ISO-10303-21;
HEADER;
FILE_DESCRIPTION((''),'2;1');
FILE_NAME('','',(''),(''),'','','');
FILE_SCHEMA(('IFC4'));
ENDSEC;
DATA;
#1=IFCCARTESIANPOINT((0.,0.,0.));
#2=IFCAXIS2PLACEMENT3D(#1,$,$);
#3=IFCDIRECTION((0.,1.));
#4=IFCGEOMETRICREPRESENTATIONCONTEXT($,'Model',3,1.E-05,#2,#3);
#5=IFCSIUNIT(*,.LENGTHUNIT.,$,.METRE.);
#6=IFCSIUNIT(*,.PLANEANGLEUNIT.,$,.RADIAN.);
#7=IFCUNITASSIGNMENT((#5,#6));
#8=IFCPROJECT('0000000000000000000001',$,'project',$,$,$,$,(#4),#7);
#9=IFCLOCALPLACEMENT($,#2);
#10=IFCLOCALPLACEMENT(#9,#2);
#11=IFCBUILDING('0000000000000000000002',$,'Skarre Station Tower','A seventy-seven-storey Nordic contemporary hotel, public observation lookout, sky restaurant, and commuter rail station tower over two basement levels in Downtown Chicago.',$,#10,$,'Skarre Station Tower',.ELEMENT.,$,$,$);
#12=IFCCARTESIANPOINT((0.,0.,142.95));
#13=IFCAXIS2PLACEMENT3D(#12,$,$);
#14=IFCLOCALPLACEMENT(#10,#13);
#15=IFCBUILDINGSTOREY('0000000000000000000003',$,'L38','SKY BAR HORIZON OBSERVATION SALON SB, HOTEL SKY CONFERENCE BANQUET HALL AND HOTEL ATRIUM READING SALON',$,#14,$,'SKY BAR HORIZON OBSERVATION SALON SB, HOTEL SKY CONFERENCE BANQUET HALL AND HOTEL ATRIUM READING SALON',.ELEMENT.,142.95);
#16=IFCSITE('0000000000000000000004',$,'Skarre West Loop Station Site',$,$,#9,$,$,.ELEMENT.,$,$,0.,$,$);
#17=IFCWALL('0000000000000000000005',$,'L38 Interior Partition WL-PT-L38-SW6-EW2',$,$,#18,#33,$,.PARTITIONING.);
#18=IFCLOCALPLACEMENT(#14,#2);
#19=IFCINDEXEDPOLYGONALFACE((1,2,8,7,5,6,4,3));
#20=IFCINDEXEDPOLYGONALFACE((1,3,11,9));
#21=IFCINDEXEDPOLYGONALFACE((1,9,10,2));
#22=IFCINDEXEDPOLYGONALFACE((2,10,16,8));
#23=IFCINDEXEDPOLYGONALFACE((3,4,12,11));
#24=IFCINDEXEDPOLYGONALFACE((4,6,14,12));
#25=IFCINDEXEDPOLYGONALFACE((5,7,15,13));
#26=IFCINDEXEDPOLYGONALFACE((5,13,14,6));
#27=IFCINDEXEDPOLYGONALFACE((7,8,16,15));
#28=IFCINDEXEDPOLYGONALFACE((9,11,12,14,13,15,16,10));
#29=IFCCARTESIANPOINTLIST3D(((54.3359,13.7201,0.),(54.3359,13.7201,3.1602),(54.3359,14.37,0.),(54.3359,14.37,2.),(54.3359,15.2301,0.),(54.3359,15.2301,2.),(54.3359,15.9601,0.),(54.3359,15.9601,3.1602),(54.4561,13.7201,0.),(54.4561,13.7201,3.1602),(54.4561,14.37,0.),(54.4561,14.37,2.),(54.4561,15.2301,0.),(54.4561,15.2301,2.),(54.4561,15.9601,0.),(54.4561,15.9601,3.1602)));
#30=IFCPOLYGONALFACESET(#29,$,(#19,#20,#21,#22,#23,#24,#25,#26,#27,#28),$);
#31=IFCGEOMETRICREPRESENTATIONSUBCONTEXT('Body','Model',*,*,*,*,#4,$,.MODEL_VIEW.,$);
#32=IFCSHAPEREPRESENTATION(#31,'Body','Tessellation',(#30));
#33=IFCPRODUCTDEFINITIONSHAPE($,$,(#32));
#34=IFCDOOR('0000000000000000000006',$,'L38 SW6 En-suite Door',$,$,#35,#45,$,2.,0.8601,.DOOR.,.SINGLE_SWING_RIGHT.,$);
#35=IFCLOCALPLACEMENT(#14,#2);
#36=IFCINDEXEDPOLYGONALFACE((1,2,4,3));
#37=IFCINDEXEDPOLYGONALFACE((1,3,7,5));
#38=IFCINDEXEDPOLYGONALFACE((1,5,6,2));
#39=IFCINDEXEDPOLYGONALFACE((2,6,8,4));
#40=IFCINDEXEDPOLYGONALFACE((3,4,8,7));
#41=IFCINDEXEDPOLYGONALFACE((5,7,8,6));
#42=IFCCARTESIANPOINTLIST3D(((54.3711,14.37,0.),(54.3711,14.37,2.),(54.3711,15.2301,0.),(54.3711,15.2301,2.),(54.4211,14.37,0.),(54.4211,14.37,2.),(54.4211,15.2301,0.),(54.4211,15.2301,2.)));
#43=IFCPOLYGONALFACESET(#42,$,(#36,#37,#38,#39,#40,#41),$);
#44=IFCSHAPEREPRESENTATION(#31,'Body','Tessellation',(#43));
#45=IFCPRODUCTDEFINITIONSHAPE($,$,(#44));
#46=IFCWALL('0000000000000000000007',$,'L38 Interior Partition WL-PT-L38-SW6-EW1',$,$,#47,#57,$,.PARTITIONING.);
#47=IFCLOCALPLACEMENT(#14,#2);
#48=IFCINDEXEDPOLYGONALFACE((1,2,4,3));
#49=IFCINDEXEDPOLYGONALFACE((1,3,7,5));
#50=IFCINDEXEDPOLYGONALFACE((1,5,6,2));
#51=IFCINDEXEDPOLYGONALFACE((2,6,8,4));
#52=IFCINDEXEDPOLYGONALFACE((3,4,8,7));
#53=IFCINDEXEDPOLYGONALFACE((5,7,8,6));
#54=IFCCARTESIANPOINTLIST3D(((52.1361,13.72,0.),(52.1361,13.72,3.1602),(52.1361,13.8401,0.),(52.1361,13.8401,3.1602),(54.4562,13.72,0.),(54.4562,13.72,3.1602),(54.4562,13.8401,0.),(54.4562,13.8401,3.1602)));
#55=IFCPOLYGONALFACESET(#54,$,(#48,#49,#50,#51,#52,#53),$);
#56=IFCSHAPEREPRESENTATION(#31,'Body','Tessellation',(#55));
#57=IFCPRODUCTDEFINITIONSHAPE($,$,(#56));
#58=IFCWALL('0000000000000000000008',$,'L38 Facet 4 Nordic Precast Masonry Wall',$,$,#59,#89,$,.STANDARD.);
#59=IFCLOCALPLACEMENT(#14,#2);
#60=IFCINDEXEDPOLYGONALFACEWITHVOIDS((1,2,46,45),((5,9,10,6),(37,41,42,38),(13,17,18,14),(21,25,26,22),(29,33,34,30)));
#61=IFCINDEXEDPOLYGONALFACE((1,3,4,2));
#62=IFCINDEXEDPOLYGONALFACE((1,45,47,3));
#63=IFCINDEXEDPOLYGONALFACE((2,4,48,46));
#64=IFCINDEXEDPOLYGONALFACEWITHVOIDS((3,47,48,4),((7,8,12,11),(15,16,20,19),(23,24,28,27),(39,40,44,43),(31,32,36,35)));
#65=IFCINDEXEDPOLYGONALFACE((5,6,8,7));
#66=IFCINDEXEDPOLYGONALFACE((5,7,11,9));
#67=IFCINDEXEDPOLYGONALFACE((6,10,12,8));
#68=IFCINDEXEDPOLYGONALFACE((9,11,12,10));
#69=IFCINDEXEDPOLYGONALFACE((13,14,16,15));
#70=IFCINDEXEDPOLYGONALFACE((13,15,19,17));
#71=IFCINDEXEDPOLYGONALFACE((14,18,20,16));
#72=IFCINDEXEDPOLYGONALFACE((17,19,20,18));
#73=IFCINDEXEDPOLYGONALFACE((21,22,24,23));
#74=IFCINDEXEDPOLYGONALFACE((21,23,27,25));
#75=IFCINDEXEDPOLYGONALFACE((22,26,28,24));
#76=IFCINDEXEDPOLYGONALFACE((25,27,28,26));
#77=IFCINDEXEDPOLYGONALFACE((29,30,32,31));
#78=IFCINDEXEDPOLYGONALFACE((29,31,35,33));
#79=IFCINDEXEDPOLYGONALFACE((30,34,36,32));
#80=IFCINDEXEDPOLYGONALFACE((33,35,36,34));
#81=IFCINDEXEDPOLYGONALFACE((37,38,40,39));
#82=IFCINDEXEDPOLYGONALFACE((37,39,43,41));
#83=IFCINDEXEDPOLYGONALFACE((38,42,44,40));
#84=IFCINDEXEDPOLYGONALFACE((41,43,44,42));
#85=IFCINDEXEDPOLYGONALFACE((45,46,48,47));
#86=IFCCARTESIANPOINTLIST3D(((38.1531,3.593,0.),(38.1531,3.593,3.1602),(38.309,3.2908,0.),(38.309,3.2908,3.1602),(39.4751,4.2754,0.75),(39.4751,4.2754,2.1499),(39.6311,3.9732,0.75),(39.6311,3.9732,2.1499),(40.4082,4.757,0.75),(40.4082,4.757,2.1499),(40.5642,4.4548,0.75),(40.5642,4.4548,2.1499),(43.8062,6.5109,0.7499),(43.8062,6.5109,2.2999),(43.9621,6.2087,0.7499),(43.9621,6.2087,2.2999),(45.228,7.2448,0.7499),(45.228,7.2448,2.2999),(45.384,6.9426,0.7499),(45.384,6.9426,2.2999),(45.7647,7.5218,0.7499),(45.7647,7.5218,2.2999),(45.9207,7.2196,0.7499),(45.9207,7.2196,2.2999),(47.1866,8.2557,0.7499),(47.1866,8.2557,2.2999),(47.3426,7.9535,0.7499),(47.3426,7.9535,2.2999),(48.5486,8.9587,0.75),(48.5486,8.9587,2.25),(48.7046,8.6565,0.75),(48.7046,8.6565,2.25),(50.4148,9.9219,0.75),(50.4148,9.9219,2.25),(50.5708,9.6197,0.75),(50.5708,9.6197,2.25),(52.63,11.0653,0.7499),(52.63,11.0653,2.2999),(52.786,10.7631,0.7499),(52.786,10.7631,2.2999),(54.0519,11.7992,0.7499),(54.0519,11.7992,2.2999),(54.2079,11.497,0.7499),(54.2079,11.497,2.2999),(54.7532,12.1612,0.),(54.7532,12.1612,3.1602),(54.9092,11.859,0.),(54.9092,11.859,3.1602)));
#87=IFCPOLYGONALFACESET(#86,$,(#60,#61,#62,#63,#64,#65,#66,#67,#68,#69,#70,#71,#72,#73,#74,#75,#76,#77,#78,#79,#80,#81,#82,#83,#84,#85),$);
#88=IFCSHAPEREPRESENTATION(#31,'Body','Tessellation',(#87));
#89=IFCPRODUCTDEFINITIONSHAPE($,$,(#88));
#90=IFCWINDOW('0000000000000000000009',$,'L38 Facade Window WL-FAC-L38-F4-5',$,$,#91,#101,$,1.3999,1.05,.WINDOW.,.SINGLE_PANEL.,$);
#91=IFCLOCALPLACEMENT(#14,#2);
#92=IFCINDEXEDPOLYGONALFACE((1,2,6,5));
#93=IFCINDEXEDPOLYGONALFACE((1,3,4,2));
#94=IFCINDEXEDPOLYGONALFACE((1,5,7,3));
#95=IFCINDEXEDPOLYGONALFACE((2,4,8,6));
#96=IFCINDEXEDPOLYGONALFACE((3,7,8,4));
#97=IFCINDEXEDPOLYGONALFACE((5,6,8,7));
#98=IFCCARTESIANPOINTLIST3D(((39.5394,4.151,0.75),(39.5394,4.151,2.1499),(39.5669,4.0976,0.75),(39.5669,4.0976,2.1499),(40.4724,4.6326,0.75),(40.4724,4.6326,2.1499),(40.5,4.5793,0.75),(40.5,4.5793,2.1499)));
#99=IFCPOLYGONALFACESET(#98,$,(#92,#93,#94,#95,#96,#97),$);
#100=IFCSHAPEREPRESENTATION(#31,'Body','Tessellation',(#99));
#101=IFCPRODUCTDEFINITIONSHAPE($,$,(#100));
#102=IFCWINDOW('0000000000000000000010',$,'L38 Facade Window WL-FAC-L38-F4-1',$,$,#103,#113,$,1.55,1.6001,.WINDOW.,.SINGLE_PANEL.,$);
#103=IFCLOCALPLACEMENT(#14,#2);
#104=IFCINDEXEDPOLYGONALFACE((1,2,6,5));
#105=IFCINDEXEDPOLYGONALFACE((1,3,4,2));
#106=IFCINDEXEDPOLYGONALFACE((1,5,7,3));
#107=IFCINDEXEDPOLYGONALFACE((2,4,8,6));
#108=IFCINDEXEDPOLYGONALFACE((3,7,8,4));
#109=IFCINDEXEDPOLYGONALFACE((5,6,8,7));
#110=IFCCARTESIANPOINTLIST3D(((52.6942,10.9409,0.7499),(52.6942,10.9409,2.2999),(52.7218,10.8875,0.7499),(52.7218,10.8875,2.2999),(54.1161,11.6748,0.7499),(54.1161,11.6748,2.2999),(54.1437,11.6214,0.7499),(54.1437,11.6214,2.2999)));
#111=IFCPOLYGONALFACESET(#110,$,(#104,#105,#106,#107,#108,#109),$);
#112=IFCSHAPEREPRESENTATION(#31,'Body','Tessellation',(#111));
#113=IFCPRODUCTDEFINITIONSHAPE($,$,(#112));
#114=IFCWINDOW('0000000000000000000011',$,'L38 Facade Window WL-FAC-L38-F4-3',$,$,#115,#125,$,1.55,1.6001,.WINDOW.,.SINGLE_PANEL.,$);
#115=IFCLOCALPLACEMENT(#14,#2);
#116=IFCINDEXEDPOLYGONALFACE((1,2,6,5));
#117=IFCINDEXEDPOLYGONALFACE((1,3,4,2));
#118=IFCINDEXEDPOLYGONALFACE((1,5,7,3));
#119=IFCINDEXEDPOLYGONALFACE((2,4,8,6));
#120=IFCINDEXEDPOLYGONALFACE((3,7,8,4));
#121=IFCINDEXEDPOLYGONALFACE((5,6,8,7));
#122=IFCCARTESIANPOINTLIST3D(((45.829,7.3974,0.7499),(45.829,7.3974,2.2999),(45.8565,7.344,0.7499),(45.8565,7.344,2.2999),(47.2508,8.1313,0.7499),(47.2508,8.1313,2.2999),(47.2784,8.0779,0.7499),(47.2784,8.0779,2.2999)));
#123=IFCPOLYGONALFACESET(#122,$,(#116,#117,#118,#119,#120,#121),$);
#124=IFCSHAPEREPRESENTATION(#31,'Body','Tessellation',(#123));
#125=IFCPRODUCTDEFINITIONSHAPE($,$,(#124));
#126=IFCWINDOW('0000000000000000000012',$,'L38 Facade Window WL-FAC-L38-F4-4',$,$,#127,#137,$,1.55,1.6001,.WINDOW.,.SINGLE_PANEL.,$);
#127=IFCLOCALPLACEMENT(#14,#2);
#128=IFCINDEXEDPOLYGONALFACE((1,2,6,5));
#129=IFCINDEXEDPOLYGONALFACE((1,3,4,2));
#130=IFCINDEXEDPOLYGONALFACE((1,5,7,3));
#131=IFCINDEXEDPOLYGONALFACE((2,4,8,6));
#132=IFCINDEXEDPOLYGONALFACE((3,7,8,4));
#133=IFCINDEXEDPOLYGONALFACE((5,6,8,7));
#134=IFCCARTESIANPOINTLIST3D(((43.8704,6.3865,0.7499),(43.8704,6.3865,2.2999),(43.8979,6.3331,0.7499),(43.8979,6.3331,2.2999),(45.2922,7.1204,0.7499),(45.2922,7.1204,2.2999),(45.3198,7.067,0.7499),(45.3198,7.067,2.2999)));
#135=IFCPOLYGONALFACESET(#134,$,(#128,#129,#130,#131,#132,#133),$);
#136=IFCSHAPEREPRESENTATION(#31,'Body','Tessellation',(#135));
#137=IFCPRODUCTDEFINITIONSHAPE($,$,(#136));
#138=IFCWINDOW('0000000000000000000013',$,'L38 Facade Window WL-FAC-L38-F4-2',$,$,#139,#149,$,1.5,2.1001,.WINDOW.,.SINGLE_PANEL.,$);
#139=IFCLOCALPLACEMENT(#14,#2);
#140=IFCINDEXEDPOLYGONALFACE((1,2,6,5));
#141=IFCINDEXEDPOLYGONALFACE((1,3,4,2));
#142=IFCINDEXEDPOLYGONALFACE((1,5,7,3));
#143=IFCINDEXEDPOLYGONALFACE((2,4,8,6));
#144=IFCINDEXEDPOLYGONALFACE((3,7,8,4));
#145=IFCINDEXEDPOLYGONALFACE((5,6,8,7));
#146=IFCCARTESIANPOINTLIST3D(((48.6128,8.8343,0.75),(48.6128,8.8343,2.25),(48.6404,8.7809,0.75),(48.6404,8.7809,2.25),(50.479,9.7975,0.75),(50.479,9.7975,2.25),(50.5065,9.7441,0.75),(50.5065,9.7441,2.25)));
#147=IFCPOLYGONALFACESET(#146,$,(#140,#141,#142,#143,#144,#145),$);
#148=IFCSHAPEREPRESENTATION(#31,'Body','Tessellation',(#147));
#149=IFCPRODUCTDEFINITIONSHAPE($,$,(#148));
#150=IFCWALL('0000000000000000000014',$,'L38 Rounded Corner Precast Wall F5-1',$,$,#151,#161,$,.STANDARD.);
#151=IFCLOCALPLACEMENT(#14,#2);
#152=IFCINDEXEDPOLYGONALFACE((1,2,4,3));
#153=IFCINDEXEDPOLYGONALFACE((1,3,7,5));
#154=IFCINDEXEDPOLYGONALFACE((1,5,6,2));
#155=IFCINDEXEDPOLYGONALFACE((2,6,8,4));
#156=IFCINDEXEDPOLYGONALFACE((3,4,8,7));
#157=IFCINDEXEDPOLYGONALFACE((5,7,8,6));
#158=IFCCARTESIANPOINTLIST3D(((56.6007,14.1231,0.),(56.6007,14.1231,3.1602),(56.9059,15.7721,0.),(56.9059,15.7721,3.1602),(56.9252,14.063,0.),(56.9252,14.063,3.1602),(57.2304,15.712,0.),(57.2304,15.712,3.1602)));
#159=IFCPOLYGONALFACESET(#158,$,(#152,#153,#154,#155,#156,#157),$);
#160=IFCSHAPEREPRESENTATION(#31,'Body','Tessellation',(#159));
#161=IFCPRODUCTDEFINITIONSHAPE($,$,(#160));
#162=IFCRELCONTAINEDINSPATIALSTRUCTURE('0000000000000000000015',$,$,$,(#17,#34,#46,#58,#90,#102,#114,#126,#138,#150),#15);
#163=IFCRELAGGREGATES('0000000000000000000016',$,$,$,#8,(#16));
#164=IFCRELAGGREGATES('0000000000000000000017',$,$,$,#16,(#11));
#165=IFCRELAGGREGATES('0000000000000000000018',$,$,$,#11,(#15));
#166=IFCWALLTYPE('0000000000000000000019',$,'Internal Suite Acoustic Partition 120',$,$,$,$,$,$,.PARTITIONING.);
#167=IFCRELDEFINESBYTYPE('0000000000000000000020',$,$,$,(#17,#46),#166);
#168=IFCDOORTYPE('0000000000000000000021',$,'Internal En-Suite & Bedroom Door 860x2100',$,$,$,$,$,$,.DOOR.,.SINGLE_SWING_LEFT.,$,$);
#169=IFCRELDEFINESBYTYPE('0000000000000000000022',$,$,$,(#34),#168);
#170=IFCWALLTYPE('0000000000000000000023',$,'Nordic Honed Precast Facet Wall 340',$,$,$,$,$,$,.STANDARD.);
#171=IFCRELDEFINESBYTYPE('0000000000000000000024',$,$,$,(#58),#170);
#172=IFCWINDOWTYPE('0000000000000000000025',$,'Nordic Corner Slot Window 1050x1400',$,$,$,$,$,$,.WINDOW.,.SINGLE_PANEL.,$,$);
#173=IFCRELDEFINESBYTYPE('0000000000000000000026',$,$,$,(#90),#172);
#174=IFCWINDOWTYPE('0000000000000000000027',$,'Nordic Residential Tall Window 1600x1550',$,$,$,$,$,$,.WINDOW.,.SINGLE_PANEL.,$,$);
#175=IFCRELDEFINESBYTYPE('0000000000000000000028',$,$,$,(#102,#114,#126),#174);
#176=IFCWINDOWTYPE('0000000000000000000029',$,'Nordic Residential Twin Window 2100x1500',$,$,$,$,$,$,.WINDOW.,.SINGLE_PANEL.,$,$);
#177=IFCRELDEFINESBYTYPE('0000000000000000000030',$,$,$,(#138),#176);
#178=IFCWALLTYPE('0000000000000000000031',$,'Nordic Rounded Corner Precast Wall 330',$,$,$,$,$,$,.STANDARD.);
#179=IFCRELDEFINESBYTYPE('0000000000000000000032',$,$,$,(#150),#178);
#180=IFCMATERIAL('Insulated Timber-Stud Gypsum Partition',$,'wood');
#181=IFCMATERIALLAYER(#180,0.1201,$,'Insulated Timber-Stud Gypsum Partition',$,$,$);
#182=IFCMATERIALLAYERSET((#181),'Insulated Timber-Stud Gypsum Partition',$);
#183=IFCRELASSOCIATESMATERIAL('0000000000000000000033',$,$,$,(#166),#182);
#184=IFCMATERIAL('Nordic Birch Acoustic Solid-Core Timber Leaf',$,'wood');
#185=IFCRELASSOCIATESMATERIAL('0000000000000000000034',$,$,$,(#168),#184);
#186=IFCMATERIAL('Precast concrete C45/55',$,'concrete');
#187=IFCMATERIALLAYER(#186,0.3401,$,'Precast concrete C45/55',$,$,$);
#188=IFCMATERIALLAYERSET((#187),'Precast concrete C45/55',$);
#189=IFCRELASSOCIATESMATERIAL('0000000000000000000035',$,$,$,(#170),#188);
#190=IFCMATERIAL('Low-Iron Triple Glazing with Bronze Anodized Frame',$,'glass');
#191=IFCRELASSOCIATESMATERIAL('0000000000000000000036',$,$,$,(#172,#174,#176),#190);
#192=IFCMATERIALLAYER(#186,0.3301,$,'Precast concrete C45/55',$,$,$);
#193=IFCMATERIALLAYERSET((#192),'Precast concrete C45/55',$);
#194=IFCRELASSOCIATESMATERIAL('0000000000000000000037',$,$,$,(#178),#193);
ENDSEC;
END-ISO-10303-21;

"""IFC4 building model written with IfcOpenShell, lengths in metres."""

from ifc_helpers import new_model, si_unit, direction, frame, frame_2d, origin, place, context, subcontext, project, spatial, rectangle, extrude, material, layer, layer_set, type_object, element, fill, save


model = new_model("IFC4")

# Units and contexts
model_context = context("Model", 3, precision=1e-05, world=origin(), true_north=direction((0.0, 1.0)))
body_context = subcontext(model_context, "Body", "Model", "MODEL_VIEW")
ifc_project = project(units=[si_unit("LENGTHUNIT", "METRE"), si_unit("PLANEANGLEUNIT", "RADIAN")], contexts=[model_context])

# Site, building, storey
site_placement = place(None, origin())
site = spatial("IfcSite", under=ifc_project, at=site_placement, Name="Skarre West Loop Station Site", CompositionType="ELEMENT", RefElevation=0.0)
building_placement = place(site_placement, origin())
building = spatial("IfcBuilding", under=site, at=building_placement, Name="Skarre Station Tower", Description="A seventy-seven-storey Nordic contemporary hotel, public observation lookout, sky restaurant, and commuter rail station tower over two basement levels in Downtown Chicago.", LongName="Skarre Station Tower", CompositionType="ELEMENT")
storey_placement = place(building_placement, frame((0.0, 0.0, 142.95)))
storey = spatial("IfcBuildingStorey", under=building, at=storey_placement, Name="L38", Description="SKY BAR HORIZON OBSERVATION SALON SB, HOTEL SKY CONFERENCE BANQUET HALL AND HOTEL ATRIUM READING SALON", LongName="SKY BAR HORIZON OBSERVATION SALON SB, HOTEL SKY CONFERENCE BANQUET HALL AND HOTEL ATRIUM READING SALON", CompositionType="ELEMENT", Elevation=142.95)

# Wall, opening, door
ifc_material_1 = material(Name="Insulated Timber-Stud Gypsum Partition", Category="wood")
ifc_layer_1 = layer(ifc_material_1, 0.1201, Name="Insulated Timber-Stud Gypsum Partition")
ifc_layer_set_1 = layer_set([ifc_layer_1], Name="Insulated Timber-Stud Gypsum Partition")
wall_type_1 = type_object("IfcWallType", Name="Internal Suite Acoustic Partition 120", PredefinedType="PARTITIONING", material=ifc_layer_set_1)
wall_1_placement = place(storey_placement, frame((54.396, 13.72, 0.0), z_axis=(0.0, 0.0, 1.0), x_axis=(0.0, 1.0, 0.0)))
wall_1 = element("IfcWall", 1, at=wall_1_placement, inside=storey, type_object=wall_type_1, Name="L38 Interior Partition WL-PT-L38-SW6-EW2", PredefinedType="PARTITIONING", context=body_context, shape_type="SweptSolid", body=[
    extrude(rectangle(XDim=2.24, YDim=0.1201, at=frame_2d((1.1201, 0.0))), origin(), (0.0, 0.0, 1.0), 3.1602),
])
opening_1_placement = place(wall_1_placement, frame((0.6499, 0.0, 0.0)))
opening_1 = element("IfcOpeningElement", 2, at=opening_1_placement, cuts=wall_1, PredefinedType="OPENING", context=body_context, shape_type="SweptSolid", body=[
    extrude(rectangle(XDim=0.8601, YDim=2.0, at=frame_2d((0.4302, 1.0))), frame((0.0, 0.0701, 0.0), z_axis=(0.0, -1.0, 0.0), x_axis=(1.0, 0.0, 0.0)), (0.0, 0.0, 1.0), 0.1401),
])
ifc_material_2 = material(Name="Nordic Birch Acoustic Solid-Core Timber Leaf", Category="wood")
door_type_1 = type_object("IfcDoorType", Name="Internal En-Suite & Bedroom Door 860x2100", OperationType="SINGLE_SWING_LEFT", PredefinedType="DOOR", material=ifc_material_2)
door_1_placement = place(opening_1_placement, origin())
door_1 = element("IfcDoor", 3, at=door_1_placement, inside=storey, type_object=door_type_1, Name="L38 SW6 En-suite Door", OperationType="SINGLE_SWING_RIGHT", OverallHeight=2.0, OverallWidth=0.8601, PredefinedType="DOOR", context=body_context, shape_type="SweptSolid", body=[
    extrude(rectangle(XDim=0.8601, YDim=2.0, at=frame_2d((0.4302, 1.0))), frame((0.0, 0.0249, 0.0), z_axis=(0.0, -1.0, 0.0), x_axis=(1.0, 0.0, 0.0)), (0.0, 0.0, 1.0), 0.05),
])
fill(opening_1, door_1)

# Wall
wall_2_placement = place(storey_placement, frame((52.136, 13.78, 0.0), z_axis=(0.0, 0.0, 1.0), x_axis=(1.0, 0.0, 0.0)))
element("IfcWall", 4, at=wall_2_placement, inside=storey, type_object=wall_type_1, Name="L38 Interior Partition WL-PT-L38-SW6-EW1", PredefinedType="PARTITIONING", context=body_context, shape_type="SweptSolid", body=[
    extrude(rectangle(XDim=2.3201, YDim=0.1201, at=frame_2d((1.1602, 0.0))), origin(), (0.0, 0.0, 1.0), 3.1602),
])

# Wall, openings, windows
ifc_material_3 = material(Name="Precast concrete C45/55", Category="concrete")
ifc_layer_2 = layer(ifc_material_3, 0.3401, Name="Precast concrete C45/55")
ifc_layer_set_2 = layer_set([ifc_layer_2], Name="Precast concrete C45/55")
wall_type_2 = type_object("IfcWallType", Name="Nordic Honed Precast Facet Wall 340", PredefinedType="STANDARD", material=ifc_layer_set_2)
wall_3_placement = place(storey_placement, frame((54.8311, 12.01, 0.0), z_axis=(0.0, 0.0, 1.0), x_axis=(-0.888614, -0.458657, 0.0)))
wall_3 = element("IfcWall", 5, at=wall_3_placement, inside=storey, type_object=wall_type_2, Name="L38 Facet 4 Nordic Precast Masonry Wall", PredefinedType="STANDARD", context=body_context, shape_type="SweptSolid", body=[
    extrude(rectangle(XDim=18.6809, YDim=0.3401, at=frame_2d((9.3403, 0.0))), origin(), (0.0, 0.0, 1.0), 3.1602),
])
opening_2_placement = place(wall_3_placement, frame((0.7891, 0.0, 0.75)))
opening_2 = element("IfcOpeningElement", 6, at=opening_2_placement, cuts=wall_3, PredefinedType="OPENING", context=body_context, shape_type="SweptSolid", body=[
    extrude(rectangle(XDim=1.6001, YDim=1.55, at=frame_2d((0.8, 0.7749))), frame((0.0, 0.1799, 0.0), z_axis=(0.0, -1.0, 0.0), x_axis=(1.0, 0.0, 0.0)), (0.0, 0.0, 1.0), 0.3601),
])
opening_3_placement = place(wall_3_placement, frame((4.8821, 0.0, 0.75)))
opening_3 = element("IfcOpeningElement", 7, at=opening_3_placement, cuts=wall_3, PredefinedType="OPENING", context=body_context, shape_type="SweptSolid", body=[
    extrude(rectangle(XDim=2.1001, YDim=1.5, at=frame_2d((1.05, 0.75))), frame((0.0, 0.1799, 0.0), z_axis=(0.0, -1.0, 0.0), x_axis=(1.0, 0.0, 0.0)), (0.0, 0.0, 1.0), 0.3601),
])
opening_4_placement = place(wall_3_placement, frame((8.5149, 0.0, 0.75)))
opening_4 = element("IfcOpeningElement", 8, at=opening_4_placement, cuts=wall_3, PredefinedType="OPENING", context=body_context, shape_type="SweptSolid", body=[
    extrude(rectangle(XDim=1.6001, YDim=1.55, at=frame_2d((0.8, 0.7749))), frame((0.0, 0.1799, 0.0), z_axis=(0.0, -1.0, 0.0), x_axis=(1.0, 0.0, 0.0)), (0.0, 0.0, 1.0), 0.3601),
])
opening_5_placement = place(wall_3_placement, frame((10.719, 0.0, 0.75)))
opening_5 = element("IfcOpeningElement", 9, at=opening_5_placement, cuts=wall_3, PredefinedType="OPENING", context=body_context, shape_type="SweptSolid", body=[
    extrude(rectangle(XDim=1.6001, YDim=1.55, at=frame_2d((0.8, 0.7749))), frame((0.0, 0.1799, 0.0), z_axis=(0.0, -1.0, 0.0), x_axis=(1.0, 0.0, 0.0)), (0.0, 0.0, 1.0), 0.3601),
])
opening_6_placement = place(wall_3_placement, frame((16.1431, 0.0, 0.75)))
opening_6 = element("IfcOpeningElement", 10, at=opening_6_placement, cuts=wall_3, PredefinedType="OPENING", context=body_context, shape_type="SweptSolid", body=[
    extrude(rectangle(XDim=1.05, YDim=1.3999, at=frame_2d((0.5249, 0.7))), frame((0.0, 0.1799, 0.0), z_axis=(0.0, -1.0, 0.0), x_axis=(1.0, 0.0, 0.0)), (0.0, 0.0, 1.0), 0.3601),
])
ifc_material_4 = material(Name="Low-Iron Triple Glazing with Bronze Anodized Frame", Category="glass")
window_type_1 = type_object("IfcWindowType", Name="Nordic Corner Slot Window 1050x1400", PartitioningType="SINGLE_PANEL", PredefinedType="WINDOW", material=ifc_material_4)
window_1_placement = place(opening_6_placement, origin())
window_1 = element("IfcWindow", 11, at=window_1_placement, inside=storey, type_object=window_type_1, Name="L38 Facade Window WL-FAC-L38-F4-5", OverallHeight=1.3999, OverallWidth=1.05, PartitioningType="SINGLE_PANEL", PredefinedType="WINDOW", context=body_context, shape_type="SweptSolid", body=[
    extrude(rectangle(XDim=1.05, YDim=1.3999, at=frame_2d((0.5249, 0.7))), frame((0.0, 0.03, 0.0), z_axis=(0.0, -1.0, 0.0), x_axis=(1.0, 0.0, 0.0)), (0.0, 0.0, 1.0), 0.0601),
])
fill(opening_6, window_1)
window_type_2 = type_object("IfcWindowType", Name="Nordic Residential Tall Window 1600x1550", PartitioningType="SINGLE_PANEL", PredefinedType="WINDOW", material=ifc_material_4)
window_2_placement = place(opening_2_placement, origin())
window_2 = element("IfcWindow", 12, at=window_2_placement, inside=storey, type_object=window_type_2, Name="L38 Facade Window WL-FAC-L38-F4-1", OverallHeight=1.55, OverallWidth=1.6001, PartitioningType="SINGLE_PANEL", PredefinedType="WINDOW", context=body_context, shape_type="SweptSolid", body=[
    extrude(rectangle(XDim=1.6001, YDim=1.55, at=frame_2d((0.8, 0.7749))), frame((0.0, 0.03, 0.0), z_axis=(0.0, -1.0, 0.0), x_axis=(1.0, 0.0, 0.0)), (0.0, 0.0, 1.0), 0.0601),
])
fill(opening_2, window_2)
window_3_placement = place(opening_4_placement, origin())
window_3 = element("IfcWindow", 13, at=window_3_placement, inside=storey, type_object=window_type_2, Name="L38 Facade Window WL-FAC-L38-F4-3", OverallHeight=1.55, OverallWidth=1.6001, PartitioningType="SINGLE_PANEL", PredefinedType="WINDOW", context=body_context, shape_type="SweptSolid", body=[
    extrude(rectangle(XDim=1.6001, YDim=1.55, at=frame_2d((0.8, 0.7749))), frame((0.0, 0.03, 0.0), z_axis=(0.0, -1.0, 0.0), x_axis=(1.0, 0.0, 0.0)), (0.0, 0.0, 1.0), 0.0601),
])
fill(opening_4, window_3)
window_4_placement = place(opening_5_placement, origin())
window_4 = element("IfcWindow", 14, at=window_4_placement, inside=storey, type_object=window_type_2, Name="L38 Facade Window WL-FAC-L38-F4-4", OverallHeight=1.55, OverallWidth=1.6001, PartitioningType="SINGLE_PANEL", PredefinedType="WINDOW", context=body_context, shape_type="SweptSolid", body=[
    extrude(rectangle(XDim=1.6001, YDim=1.55, at=frame_2d((0.8, 0.7749))), frame((0.0, 0.03, 0.0), z_axis=(0.0, -1.0, 0.0), x_axis=(1.0, 0.0, 0.0)), (0.0, 0.0, 1.0), 0.0601),
])
fill(opening_5, window_4)
window_type_3 = type_object("IfcWindowType", Name="Nordic Residential Twin Window 2100x1500", PartitioningType="SINGLE_PANEL", PredefinedType="WINDOW", material=ifc_material_4)
window_5_placement = place(opening_3_placement, origin())
window_5 = element("IfcWindow", 15, at=window_5_placement, inside=storey, type_object=window_type_3, Name="L38 Facade Window WL-FAC-L38-F4-2", OverallHeight=1.5, OverallWidth=2.1001, PartitioningType="SINGLE_PANEL", PredefinedType="WINDOW", context=body_context, shape_type="SweptSolid", body=[
    extrude(rectangle(XDim=2.1001, YDim=1.5, at=frame_2d((1.05, 0.75))), frame((0.0, 0.03, 0.0), z_axis=(0.0, -1.0, 0.0), x_axis=(1.0, 0.0, 0.0)), (0.0, 0.0, 1.0), 0.0601),
])
fill(opening_3, window_5)

# Wall
ifc_layer_3 = layer(ifc_material_3, 0.3301, Name="Precast concrete C45/55")
ifc_layer_set_3 = layer_set([ifc_layer_3], Name="Precast concrete C45/55")
wall_type_3 = type_object("IfcWallType", Name="Nordic Rounded Corner Precast Wall 330", PredefinedType="STANDARD", material=ifc_layer_set_3)
wall_4_placement = place(storey_placement, frame((57.0681, 15.7419, 0.0), z_axis=(0.0, 0.0, 1.0), x_axis=(-0.181985, -0.983301, 0.0)))
element("IfcWall", 16, at=wall_4_placement, inside=storey, type_object=wall_type_3, Name="L38 Rounded Corner Precast Wall F5-1", PredefinedType="STANDARD", context=body_context, shape_type="SweptSolid", body=[
    extrude(rectangle(XDim=1.677, YDim=0.3301, at=frame_2d((0.8384, 0.0))), origin(), (0.0, 0.0, 1.0), 3.1602),
])

save(model, "model.ifc")
